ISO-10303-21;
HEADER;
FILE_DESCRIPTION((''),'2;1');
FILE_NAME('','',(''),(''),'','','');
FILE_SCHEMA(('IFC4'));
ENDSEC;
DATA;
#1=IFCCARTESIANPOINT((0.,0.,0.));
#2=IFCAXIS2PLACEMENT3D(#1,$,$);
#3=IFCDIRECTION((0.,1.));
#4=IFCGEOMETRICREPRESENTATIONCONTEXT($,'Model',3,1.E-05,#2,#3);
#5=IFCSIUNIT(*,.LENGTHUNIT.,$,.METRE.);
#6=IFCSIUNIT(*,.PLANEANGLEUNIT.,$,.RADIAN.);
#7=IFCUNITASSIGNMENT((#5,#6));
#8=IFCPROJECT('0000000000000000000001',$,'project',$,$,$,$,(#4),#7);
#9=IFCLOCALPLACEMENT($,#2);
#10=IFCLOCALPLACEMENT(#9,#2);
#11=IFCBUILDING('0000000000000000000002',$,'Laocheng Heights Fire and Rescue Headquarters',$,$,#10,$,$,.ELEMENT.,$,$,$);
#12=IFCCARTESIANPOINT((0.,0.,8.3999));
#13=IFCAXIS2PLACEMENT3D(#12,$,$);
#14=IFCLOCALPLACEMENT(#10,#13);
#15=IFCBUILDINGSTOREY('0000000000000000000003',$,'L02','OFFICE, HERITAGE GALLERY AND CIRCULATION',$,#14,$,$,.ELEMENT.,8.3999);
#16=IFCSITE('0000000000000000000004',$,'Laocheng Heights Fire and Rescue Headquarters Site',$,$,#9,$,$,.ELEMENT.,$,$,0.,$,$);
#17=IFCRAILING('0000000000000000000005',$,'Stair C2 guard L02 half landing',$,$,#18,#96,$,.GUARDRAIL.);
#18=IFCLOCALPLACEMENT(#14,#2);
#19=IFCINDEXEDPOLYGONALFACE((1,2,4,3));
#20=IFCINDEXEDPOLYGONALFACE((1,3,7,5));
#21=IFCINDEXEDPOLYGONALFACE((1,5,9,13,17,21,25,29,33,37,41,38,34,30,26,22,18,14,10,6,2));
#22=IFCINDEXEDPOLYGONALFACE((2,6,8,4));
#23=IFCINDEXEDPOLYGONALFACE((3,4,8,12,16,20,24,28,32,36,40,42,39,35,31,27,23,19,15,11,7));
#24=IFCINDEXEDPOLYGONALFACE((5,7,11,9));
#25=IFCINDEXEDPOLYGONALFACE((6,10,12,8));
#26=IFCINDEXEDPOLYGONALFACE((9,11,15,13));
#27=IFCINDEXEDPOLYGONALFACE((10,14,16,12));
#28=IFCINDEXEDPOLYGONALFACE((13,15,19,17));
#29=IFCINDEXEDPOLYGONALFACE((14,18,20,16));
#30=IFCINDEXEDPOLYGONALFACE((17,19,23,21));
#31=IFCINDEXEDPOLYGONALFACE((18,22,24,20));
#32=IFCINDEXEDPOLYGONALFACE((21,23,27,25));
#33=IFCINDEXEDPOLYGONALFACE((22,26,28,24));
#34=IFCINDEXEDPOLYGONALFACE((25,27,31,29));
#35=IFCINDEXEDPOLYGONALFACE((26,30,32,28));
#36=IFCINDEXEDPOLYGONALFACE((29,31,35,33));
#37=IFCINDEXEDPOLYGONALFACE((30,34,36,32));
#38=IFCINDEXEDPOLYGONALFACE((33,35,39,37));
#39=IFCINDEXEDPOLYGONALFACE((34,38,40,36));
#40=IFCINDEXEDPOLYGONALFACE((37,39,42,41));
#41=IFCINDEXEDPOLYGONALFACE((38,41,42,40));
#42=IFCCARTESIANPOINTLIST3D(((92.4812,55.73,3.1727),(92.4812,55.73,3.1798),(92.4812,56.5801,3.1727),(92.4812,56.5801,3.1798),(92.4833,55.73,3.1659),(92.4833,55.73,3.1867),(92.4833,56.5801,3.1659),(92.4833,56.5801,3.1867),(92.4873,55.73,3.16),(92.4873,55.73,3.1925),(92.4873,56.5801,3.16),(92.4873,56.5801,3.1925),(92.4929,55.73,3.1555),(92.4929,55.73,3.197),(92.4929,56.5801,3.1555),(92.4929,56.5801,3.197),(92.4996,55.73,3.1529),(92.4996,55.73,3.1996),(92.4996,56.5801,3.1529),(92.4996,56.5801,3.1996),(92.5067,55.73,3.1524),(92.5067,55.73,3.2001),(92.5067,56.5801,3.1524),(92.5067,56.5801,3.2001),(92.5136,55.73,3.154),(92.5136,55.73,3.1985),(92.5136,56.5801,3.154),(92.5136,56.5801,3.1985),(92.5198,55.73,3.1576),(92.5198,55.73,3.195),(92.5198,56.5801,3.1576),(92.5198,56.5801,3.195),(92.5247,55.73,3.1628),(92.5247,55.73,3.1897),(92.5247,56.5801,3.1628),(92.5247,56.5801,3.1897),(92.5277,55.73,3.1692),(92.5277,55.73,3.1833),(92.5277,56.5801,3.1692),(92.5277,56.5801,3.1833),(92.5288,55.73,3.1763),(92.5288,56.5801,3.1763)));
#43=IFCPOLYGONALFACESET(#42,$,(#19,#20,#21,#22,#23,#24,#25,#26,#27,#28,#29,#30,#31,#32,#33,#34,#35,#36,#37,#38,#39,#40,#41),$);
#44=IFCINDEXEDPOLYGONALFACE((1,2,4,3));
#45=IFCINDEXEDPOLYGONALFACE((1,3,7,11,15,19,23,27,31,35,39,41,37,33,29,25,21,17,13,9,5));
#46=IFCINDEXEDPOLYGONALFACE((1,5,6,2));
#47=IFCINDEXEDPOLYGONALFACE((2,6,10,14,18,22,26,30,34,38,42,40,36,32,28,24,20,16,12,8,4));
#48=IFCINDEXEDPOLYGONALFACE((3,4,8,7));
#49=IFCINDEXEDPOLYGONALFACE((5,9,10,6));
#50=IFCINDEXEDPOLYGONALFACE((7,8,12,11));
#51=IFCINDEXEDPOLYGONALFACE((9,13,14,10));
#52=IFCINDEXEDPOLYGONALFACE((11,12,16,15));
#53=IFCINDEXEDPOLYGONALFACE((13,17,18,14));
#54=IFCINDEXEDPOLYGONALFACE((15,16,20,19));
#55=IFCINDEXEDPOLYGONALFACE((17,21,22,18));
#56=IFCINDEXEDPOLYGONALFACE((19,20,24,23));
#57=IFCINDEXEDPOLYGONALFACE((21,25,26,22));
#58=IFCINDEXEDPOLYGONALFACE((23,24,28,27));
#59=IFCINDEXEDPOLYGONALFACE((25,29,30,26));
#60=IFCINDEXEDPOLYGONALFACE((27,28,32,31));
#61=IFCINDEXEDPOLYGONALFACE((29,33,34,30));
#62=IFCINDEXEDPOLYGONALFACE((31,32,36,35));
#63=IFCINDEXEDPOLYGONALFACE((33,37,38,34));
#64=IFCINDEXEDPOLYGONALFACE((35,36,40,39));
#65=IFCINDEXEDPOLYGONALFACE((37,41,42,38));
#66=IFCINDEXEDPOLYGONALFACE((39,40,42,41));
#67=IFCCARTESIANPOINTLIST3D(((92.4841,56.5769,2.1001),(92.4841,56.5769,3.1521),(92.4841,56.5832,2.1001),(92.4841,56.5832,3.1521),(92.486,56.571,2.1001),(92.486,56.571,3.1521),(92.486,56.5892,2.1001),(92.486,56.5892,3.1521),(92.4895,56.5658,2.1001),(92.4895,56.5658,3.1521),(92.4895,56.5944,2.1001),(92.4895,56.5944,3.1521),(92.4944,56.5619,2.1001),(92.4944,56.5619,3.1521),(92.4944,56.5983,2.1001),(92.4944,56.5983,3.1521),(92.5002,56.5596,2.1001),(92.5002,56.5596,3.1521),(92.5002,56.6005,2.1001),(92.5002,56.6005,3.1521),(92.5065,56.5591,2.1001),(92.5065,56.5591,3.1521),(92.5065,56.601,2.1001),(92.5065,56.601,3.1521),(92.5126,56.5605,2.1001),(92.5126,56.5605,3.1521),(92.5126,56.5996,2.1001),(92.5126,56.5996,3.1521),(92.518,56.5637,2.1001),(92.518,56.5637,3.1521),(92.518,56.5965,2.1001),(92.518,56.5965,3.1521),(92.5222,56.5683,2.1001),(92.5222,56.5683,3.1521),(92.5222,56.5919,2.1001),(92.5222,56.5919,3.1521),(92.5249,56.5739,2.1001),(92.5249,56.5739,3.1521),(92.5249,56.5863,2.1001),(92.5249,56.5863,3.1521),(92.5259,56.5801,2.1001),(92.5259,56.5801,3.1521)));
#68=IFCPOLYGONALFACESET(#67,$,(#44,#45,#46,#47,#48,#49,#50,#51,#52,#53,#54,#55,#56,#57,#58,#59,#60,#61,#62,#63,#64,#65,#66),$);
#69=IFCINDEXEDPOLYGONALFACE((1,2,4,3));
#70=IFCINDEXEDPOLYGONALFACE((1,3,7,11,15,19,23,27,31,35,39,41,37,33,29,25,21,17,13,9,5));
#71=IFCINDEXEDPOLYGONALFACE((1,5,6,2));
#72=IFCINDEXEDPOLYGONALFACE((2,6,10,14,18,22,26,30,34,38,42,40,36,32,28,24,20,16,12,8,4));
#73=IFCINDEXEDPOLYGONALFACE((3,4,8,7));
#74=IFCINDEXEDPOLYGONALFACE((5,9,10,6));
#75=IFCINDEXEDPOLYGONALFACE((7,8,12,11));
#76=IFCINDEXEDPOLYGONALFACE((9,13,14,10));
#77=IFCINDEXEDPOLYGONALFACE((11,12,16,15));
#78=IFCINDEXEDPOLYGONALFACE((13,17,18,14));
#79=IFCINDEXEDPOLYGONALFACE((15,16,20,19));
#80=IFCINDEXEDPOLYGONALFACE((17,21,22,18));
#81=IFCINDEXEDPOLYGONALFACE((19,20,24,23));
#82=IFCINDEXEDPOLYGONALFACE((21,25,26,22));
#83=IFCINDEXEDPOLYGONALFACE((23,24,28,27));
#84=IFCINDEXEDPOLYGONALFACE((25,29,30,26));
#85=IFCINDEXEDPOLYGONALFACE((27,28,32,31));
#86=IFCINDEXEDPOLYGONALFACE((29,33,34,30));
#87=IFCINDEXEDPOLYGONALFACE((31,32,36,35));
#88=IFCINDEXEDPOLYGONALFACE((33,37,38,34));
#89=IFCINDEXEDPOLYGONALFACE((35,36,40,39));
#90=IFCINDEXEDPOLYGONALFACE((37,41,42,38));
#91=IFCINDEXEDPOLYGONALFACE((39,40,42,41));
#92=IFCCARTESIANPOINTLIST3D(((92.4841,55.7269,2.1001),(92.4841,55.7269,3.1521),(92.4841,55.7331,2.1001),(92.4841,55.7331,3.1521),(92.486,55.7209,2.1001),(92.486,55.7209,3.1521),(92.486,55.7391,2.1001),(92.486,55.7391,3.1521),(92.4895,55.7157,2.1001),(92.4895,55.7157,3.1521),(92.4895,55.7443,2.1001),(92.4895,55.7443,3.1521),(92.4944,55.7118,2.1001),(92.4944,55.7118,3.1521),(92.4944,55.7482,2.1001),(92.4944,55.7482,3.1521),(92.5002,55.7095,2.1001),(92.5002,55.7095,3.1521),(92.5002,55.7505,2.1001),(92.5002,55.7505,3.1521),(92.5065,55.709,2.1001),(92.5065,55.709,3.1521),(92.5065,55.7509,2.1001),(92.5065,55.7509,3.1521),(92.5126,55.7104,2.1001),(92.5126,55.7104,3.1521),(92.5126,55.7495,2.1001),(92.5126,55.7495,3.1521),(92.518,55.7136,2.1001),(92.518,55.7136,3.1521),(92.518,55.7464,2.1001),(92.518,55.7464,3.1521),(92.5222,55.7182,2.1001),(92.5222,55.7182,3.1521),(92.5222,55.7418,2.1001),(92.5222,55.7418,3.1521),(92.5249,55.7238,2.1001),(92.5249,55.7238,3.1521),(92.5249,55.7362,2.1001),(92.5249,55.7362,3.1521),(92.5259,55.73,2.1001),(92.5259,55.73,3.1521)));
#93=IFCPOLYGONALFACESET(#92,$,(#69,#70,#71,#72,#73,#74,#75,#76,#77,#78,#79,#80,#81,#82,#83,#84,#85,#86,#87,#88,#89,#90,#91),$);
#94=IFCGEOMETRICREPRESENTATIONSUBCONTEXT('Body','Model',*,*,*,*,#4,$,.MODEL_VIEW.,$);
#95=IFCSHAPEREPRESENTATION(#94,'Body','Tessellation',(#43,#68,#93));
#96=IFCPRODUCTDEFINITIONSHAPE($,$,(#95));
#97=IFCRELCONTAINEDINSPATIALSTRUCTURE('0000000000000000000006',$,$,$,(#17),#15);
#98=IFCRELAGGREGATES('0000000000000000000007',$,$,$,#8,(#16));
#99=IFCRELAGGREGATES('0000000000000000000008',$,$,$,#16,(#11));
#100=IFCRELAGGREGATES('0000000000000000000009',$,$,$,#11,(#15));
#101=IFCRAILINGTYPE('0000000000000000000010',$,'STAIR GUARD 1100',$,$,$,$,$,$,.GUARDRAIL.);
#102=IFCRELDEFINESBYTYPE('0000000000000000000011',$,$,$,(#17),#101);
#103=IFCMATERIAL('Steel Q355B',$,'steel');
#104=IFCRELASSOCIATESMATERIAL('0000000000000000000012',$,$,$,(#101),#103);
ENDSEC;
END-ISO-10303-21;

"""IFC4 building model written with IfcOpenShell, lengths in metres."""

from ifc_helpers import new_model, si_unit, direction, frame, origin, origin_2d, place, context, subcontext, project, spatial, circle, extrude, material, type_object, element, save


model = new_model("IFC4")

# Units and contexts
model_context = context("Model", 3, precision=1e-05, world=origin(), true_north=direction((0.0, 1.0)))
body_context = subcontext(model_context, "Body", "Model", "MODEL_VIEW")
ifc_project = project(units=[si_unit("LENGTHUNIT", "METRE"), si_unit("PLANEANGLEUNIT", "RADIAN")], contexts=[model_context])

# Site, building, storey
site_placement = place(None, origin())
site = spatial("IfcSite", under=ifc_project, at=site_placement, Name="Laocheng Heights Fire and Rescue Headquarters Site", CompositionType="ELEMENT", RefElevation=0.0)
building_placement = place(site_placement, origin())
building = spatial("IfcBuilding", under=site, at=building_placement, Name="Laocheng Heights Fire and Rescue Headquarters", CompositionType="ELEMENT")
storey_placement = place(building_placement, frame((0.0, 0.0, 8.3999)))
storey = spatial("IfcBuildingStorey", under=building, at=storey_placement, Name="L02", Description="OFFICE, HERITAGE GALLERY AND CIRCULATION", CompositionType="ELEMENT", Elevation=8.3999)

# Railing
ifc_material_1 = material(Name="Steel Q355B", Category="steel")
railing_type_1 = type_object("IfcRailingType", Name="STAIR GUARD 1100", PredefinedType="GUARDRAIL", material=ifc_material_1)
railing_1_placement = place(storey_placement, frame((92.5049, 56.5801, 2.1001)))
element("IfcRailing", 1, at=railing_1_placement, inside=storey, type_object=railing_type_1, Name="Stair C2 guard L02 half landing", PredefinedType="GUARDRAIL", context=body_context, shape_type="SweptSolid", body=[
    extrude(circle(Radius=0.0239, at=origin_2d()), frame((0.0, 0.0, 1.0762), z_axis=(0.0, -1.0, 0.0), x_axis=(1.0, 0.0, 0.0)), (0.0, 0.0, 1.0), 0.8501),
    extrude(circle(Radius=0.021, at=origin_2d()), origin(), (0.0, 0.0, 1.0), 1.052),
    extrude(circle(Radius=0.021, at=origin_2d()), frame((0.0, -0.8501, 0.0)), (0.0, 0.0, 1.0), 1.052),
])

save(model, "model.ifc")
